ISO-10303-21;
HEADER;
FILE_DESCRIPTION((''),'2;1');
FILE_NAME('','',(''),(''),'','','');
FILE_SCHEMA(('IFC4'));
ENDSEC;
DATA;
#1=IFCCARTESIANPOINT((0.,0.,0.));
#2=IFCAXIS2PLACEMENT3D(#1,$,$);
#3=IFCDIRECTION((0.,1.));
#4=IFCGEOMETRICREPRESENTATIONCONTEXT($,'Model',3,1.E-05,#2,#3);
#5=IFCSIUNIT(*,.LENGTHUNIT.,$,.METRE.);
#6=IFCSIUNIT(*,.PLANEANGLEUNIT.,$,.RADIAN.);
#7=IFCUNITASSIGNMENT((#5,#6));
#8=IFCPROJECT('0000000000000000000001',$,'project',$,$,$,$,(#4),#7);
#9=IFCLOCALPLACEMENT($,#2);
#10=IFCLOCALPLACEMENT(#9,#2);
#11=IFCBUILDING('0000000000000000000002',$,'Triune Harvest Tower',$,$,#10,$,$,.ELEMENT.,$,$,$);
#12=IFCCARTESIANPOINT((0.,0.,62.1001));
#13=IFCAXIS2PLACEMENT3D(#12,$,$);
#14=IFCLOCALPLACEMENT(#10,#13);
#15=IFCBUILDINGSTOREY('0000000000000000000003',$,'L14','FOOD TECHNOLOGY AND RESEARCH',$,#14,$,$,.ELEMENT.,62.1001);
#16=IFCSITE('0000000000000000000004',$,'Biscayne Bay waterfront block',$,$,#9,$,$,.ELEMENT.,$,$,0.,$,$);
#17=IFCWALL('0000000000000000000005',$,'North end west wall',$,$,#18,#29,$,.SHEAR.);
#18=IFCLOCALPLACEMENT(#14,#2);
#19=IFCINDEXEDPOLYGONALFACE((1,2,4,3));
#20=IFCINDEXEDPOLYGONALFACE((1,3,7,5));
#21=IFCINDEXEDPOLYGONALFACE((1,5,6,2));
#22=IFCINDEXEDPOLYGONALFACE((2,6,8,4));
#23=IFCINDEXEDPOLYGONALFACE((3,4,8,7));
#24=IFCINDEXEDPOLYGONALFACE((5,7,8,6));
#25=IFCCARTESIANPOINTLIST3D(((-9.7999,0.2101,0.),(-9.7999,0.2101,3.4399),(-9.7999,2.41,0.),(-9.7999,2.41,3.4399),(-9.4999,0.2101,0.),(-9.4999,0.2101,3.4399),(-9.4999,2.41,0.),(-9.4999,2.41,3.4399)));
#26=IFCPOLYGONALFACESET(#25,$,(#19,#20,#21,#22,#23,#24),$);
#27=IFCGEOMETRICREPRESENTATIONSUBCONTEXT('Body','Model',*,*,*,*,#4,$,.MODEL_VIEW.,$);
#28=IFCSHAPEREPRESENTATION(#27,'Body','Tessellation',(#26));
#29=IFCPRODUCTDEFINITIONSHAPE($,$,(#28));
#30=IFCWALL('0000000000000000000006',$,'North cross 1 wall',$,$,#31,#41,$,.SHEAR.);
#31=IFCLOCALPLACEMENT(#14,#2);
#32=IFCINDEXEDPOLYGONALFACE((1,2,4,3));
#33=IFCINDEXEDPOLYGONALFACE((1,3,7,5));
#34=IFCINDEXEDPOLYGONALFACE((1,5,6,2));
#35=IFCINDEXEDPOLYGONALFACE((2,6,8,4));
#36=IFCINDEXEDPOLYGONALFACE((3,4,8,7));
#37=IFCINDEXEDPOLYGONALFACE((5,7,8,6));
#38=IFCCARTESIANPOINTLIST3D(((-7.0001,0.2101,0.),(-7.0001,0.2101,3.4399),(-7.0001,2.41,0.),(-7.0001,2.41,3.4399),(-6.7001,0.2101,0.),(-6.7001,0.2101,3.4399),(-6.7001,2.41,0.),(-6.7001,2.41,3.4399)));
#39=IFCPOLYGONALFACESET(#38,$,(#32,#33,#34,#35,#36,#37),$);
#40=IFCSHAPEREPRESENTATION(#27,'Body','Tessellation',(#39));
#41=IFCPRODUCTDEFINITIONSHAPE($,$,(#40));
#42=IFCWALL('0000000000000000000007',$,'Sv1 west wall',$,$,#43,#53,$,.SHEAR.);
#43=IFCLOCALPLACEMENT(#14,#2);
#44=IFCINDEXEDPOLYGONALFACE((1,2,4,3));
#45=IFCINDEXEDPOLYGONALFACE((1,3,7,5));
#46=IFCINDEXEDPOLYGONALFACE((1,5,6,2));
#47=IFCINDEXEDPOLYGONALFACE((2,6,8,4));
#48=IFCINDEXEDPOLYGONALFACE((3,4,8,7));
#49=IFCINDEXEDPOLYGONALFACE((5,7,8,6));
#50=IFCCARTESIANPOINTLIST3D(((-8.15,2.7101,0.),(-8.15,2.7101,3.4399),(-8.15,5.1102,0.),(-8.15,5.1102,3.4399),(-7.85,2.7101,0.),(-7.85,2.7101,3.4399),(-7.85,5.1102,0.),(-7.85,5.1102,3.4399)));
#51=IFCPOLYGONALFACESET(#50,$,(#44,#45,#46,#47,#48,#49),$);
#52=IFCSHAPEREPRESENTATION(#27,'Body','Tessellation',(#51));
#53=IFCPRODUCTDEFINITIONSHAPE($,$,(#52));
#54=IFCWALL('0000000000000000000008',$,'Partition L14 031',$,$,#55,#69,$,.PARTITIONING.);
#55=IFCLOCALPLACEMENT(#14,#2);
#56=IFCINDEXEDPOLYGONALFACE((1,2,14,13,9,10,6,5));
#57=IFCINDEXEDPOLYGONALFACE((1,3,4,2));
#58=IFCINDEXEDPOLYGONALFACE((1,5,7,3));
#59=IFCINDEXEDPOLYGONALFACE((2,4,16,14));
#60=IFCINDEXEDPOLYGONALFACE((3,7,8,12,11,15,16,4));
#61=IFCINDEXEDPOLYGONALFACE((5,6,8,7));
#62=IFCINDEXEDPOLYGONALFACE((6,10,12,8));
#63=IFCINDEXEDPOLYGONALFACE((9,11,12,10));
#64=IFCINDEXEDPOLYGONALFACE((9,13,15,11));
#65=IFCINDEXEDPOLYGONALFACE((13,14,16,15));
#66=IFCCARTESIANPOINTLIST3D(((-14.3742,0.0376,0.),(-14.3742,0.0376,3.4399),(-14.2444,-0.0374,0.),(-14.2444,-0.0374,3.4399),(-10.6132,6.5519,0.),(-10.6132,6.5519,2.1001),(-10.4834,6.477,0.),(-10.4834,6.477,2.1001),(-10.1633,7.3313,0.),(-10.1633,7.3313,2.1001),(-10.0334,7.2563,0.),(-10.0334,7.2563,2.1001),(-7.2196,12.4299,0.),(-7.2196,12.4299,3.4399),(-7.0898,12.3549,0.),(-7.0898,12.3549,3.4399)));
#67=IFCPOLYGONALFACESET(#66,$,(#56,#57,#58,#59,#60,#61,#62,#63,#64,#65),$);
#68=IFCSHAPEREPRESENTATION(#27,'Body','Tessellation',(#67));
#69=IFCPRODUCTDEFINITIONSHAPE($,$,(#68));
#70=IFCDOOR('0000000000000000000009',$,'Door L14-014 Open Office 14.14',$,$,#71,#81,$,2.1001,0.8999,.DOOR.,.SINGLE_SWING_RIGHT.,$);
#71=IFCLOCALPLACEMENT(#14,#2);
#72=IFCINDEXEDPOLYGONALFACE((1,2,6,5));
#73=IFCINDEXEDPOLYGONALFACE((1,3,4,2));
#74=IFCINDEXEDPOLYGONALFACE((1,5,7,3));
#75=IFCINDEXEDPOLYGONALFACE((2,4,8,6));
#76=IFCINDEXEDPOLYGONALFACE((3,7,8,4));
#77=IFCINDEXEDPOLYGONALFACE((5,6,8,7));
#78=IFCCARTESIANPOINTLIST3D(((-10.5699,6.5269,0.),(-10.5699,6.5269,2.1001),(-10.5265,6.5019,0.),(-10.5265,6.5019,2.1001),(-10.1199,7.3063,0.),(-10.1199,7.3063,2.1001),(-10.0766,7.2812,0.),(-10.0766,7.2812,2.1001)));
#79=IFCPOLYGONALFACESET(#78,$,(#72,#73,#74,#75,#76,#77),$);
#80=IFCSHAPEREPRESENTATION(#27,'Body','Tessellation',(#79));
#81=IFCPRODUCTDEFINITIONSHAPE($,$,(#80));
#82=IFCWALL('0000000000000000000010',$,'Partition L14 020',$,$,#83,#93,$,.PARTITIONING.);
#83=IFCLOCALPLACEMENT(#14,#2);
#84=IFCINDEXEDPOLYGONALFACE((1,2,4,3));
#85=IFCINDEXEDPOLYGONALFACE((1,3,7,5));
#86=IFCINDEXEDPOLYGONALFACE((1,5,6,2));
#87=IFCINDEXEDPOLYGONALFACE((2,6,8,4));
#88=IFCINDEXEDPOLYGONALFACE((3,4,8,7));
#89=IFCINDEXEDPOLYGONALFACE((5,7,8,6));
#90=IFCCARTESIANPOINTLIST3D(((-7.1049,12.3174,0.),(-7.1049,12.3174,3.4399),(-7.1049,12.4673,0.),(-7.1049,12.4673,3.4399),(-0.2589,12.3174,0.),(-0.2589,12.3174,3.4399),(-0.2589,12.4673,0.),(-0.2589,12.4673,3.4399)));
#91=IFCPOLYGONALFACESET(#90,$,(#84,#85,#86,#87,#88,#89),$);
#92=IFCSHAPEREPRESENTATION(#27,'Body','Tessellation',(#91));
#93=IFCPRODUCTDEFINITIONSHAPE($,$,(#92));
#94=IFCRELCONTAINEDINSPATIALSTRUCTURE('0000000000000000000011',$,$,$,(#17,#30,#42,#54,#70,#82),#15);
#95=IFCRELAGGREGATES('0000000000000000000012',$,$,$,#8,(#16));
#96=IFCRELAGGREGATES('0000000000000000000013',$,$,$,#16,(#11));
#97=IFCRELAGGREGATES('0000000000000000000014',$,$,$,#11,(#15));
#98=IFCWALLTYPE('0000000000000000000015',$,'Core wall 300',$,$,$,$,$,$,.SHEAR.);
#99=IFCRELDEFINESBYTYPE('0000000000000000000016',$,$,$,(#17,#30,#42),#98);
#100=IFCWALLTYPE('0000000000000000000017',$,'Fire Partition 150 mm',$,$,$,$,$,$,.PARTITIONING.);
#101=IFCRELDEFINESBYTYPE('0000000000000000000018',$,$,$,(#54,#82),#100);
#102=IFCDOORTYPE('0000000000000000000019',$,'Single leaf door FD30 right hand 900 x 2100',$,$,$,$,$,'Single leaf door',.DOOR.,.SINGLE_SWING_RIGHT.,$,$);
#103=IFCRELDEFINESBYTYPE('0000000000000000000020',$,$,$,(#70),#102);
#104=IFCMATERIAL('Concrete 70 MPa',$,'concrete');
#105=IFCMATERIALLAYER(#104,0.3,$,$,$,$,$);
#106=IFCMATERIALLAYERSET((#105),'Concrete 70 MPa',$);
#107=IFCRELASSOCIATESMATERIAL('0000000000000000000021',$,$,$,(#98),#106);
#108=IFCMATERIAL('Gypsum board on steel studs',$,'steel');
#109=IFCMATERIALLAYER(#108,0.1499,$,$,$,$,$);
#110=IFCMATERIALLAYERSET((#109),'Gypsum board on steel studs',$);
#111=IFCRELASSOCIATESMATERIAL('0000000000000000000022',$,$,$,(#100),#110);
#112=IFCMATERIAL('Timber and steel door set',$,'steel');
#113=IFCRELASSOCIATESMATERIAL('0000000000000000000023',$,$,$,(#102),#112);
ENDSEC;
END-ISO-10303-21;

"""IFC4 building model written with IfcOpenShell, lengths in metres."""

from ifc_helpers import new_model, si_unit, direction, frame, frame_2d, origin, place, context, subcontext, project, spatial, rectangle, extrude, source, transform, mapped, material, layer, layer_set, type_object, element, fill, save


model = new_model("IFC4")

# Units and contexts
model_context = context("Model", 3, precision=1e-05, world=origin(), true_north=direction((0.0, 1.0)))
body_context = subcontext(model_context, "Body", "Model", "MODEL_VIEW")
ifc_project = project(units=[si_unit("LENGTHUNIT", "METRE"), si_unit("PLANEANGLEUNIT", "RADIAN")], contexts=[model_context])

# Site, building, storey
site_placement = place(None, origin())
site = spatial("IfcSite", under=ifc_project, at=site_placement, Name="Biscayne Bay waterfront block", CompositionType="ELEMENT", RefElevation=0.0)
building_placement = place(site_placement, origin())
building = spatial("IfcBuilding", under=site, at=building_placement, Name="Triune Harvest Tower", CompositionType="ELEMENT")
storey_placement = place(building_placement, frame((0.0, 0.0, 62.1001)))
storey = spatial("IfcBuildingStorey", under=building, at=storey_placement, Name="L14", Description="FOOD TECHNOLOGY AND RESEARCH", CompositionType="ELEMENT", Elevation=62.1001)

# Shared definitions
ifc_material_1 = material(Name="Concrete 70 MPa", Category="concrete")
ifc_layer_1 = layer(ifc_material_1, 0.3)
ifc_layer_set_1 = layer_set([ifc_layer_1], Name="Concrete 70 MPa")
wall_type_1 = type_object("IfcWallType", Name="Core wall 300", PredefinedType="SHEAR", material=ifc_layer_set_1)

# Walls
shared_shape_1 = source(origin(), body_context, "Body", "SweptSolid", [
    extrude(rectangle(XDim=2.2, YDim=0.3, at=frame_2d((1.1001, 0.0))), origin(), (0.0, 0.0, 1.0), 3.4399),
])
for number, where, z_axis, x_axis, name in (
    (1, (-9.6499, 0.21, 0.0), (0.0, 0.0, 1.0), (0.0, 1.0, 0.0), "North end west wall"),
    (2, (-6.8501, 0.21, 0.0), (0.0, 0.0, 1.0), (0.0, 1.0, 0.0), "North cross 1 wall"),
):
    element("IfcWall", number, at=place(storey_placement, frame(where, z_axis=z_axis, x_axis=x_axis)), inside=storey, type_object=wall_type_1, Name=name, PredefinedType="SHEAR", context=body_context, shape_type="MappedRepresentation", body=[
        mapped(shared_shape_1, transform((0.0, 0.0, 0.0), scale=1.0)),
    ])
shared_shape_2 = source(origin(), body_context, "Body", "SweptSolid", [
    extrude(rectangle(XDim=2.4001, YDim=0.3, at=frame_2d((1.2002, 0.0))), origin(), (0.0, 0.0, 1.0), 3.4399),
])
wall_1_placement = place(storey_placement, frame((-8.0, 2.71, 0.0), z_axis=(0.0, 0.0, 1.0), x_axis=(0.0, 1.0, 0.0)))
element("IfcWall", 3, at=wall_1_placement, inside=storey, type_object=wall_type_1, Name="Sv1 west wall", PredefinedType="SHEAR", context=body_context, shape_type="MappedRepresentation", body=[
    mapped(shared_shape_2, transform((0.0, 0.0, 0.0), scale=1.0)),
])

# Wall, opening, door
ifc_material_2 = material(Name="Gypsum board on steel studs", Category="steel")
ifc_layer_2 = layer(ifc_material_2, 0.1499)
ifc_layer_set_2 = layer_set([ifc_layer_2], Name="Gypsum board on steel studs")
wall_type_2 = type_object("IfcWallType", Name="Fire Partition 150 mm", PredefinedType="PARTITIONING", material=ifc_layer_set_2)
shared_shape_3 = source(origin(), body_context, "Body", "SweptSolid", [
    extrude(rectangle(XDim=14.3093, YDim=0.1499, at=frame_2d((7.1548, 0.0))), origin(), (0.0, 0.0, 1.0), 3.4399),
])
wall_2_placement = place(storey_placement, frame((-14.3093, 0.0, 0.0), z_axis=(0.0, 0.0, 1.0), x_axis=(0.499991, 0.866031, 0.0)))
wall_2 = element("IfcWall", 4, at=wall_2_placement, inside=storey, type_object=wall_type_2, Name="Partition L14 031", PredefinedType="PARTITIONING", context=body_context, shape_type="MappedRepresentation", body=[
    mapped(shared_shape_3, transform((0.0, 0.0, 0.0), scale=1.0)),
])
opening_1_placement = place(wall_2_placement, frame((7.5222, 0.0, 0.0)))
opening_1 = element("IfcOpeningElement", 5, at=opening_1_placement, cuts=wall_2, PredefinedType="OPENING", context=body_context, shape_type="SweptSolid", body=[
    extrude(rectangle(XDim=0.8999, YDim=2.1001, at=frame_2d((0.45, 1.05))), frame((0.0, 0.085, 0.0), z_axis=(0.0, -1.0, 0.0), x_axis=(1.0, 0.0, 0.0)), (0.0, 0.0, 1.0), 0.1699),
])
ifc_material_3 = material(Name="Timber and steel door set", Category="steel")
door_type_1 = type_object("IfcDoorType", Name="Single leaf door FD30 right hand 900 x 2100", ElementType="Single leaf door", OperationType="SINGLE_SWING_RIGHT", PredefinedType="DOOR", material=ifc_material_3)
door_1_placement = place(opening_1_placement, origin())
door_1 = element("IfcDoor", 6, at=door_1_placement, inside=storey, type_object=door_type_1, Name="Door L14-014 Open Office 14.14", OperationType="SINGLE_SWING_RIGHT", OverallHeight=2.1001, OverallWidth=0.8999, PredefinedType="DOOR", context=body_context, shape_type="SweptSolid", body=[
    extrude(rectangle(XDim=0.8999, YDim=2.1001, at=frame_2d((0.45, 1.05))), frame((0.0, 0.0249, 0.0), z_axis=(0.0, -1.0, 0.0), x_axis=(1.0, 0.0, 0.0)), (0.0, 0.0, 1.0), 0.05),
])
fill(opening_1, door_1)

# Wall
shared_shape_4 = source(origin(), body_context, "Body", "SweptSolid", [
    extrude(rectangle(XDim=6.8459, YDim=0.1499, at=frame_2d((3.4229, 0.0))), origin(), (0.0, 0.0, 1.0), 3.4399),
])
wall_3_placement = place(storey_placement, frame((-7.1047, 12.3923, 0.0), z_axis=(0.0, 0.0, 1.0), x_axis=(1.0, 0.0, 0.0)))
element("IfcWall", 7, at=wall_3_placement, inside=storey, type_object=wall_type_2, Name="Partition L14 020", PredefinedType="PARTITIONING", context=body_context, shape_type="MappedRepresentation", body=[
    mapped(shared_shape_4, transform((0.0, 0.0, 0.0), scale=1.0)),
])

save(model, "model.ifc")
